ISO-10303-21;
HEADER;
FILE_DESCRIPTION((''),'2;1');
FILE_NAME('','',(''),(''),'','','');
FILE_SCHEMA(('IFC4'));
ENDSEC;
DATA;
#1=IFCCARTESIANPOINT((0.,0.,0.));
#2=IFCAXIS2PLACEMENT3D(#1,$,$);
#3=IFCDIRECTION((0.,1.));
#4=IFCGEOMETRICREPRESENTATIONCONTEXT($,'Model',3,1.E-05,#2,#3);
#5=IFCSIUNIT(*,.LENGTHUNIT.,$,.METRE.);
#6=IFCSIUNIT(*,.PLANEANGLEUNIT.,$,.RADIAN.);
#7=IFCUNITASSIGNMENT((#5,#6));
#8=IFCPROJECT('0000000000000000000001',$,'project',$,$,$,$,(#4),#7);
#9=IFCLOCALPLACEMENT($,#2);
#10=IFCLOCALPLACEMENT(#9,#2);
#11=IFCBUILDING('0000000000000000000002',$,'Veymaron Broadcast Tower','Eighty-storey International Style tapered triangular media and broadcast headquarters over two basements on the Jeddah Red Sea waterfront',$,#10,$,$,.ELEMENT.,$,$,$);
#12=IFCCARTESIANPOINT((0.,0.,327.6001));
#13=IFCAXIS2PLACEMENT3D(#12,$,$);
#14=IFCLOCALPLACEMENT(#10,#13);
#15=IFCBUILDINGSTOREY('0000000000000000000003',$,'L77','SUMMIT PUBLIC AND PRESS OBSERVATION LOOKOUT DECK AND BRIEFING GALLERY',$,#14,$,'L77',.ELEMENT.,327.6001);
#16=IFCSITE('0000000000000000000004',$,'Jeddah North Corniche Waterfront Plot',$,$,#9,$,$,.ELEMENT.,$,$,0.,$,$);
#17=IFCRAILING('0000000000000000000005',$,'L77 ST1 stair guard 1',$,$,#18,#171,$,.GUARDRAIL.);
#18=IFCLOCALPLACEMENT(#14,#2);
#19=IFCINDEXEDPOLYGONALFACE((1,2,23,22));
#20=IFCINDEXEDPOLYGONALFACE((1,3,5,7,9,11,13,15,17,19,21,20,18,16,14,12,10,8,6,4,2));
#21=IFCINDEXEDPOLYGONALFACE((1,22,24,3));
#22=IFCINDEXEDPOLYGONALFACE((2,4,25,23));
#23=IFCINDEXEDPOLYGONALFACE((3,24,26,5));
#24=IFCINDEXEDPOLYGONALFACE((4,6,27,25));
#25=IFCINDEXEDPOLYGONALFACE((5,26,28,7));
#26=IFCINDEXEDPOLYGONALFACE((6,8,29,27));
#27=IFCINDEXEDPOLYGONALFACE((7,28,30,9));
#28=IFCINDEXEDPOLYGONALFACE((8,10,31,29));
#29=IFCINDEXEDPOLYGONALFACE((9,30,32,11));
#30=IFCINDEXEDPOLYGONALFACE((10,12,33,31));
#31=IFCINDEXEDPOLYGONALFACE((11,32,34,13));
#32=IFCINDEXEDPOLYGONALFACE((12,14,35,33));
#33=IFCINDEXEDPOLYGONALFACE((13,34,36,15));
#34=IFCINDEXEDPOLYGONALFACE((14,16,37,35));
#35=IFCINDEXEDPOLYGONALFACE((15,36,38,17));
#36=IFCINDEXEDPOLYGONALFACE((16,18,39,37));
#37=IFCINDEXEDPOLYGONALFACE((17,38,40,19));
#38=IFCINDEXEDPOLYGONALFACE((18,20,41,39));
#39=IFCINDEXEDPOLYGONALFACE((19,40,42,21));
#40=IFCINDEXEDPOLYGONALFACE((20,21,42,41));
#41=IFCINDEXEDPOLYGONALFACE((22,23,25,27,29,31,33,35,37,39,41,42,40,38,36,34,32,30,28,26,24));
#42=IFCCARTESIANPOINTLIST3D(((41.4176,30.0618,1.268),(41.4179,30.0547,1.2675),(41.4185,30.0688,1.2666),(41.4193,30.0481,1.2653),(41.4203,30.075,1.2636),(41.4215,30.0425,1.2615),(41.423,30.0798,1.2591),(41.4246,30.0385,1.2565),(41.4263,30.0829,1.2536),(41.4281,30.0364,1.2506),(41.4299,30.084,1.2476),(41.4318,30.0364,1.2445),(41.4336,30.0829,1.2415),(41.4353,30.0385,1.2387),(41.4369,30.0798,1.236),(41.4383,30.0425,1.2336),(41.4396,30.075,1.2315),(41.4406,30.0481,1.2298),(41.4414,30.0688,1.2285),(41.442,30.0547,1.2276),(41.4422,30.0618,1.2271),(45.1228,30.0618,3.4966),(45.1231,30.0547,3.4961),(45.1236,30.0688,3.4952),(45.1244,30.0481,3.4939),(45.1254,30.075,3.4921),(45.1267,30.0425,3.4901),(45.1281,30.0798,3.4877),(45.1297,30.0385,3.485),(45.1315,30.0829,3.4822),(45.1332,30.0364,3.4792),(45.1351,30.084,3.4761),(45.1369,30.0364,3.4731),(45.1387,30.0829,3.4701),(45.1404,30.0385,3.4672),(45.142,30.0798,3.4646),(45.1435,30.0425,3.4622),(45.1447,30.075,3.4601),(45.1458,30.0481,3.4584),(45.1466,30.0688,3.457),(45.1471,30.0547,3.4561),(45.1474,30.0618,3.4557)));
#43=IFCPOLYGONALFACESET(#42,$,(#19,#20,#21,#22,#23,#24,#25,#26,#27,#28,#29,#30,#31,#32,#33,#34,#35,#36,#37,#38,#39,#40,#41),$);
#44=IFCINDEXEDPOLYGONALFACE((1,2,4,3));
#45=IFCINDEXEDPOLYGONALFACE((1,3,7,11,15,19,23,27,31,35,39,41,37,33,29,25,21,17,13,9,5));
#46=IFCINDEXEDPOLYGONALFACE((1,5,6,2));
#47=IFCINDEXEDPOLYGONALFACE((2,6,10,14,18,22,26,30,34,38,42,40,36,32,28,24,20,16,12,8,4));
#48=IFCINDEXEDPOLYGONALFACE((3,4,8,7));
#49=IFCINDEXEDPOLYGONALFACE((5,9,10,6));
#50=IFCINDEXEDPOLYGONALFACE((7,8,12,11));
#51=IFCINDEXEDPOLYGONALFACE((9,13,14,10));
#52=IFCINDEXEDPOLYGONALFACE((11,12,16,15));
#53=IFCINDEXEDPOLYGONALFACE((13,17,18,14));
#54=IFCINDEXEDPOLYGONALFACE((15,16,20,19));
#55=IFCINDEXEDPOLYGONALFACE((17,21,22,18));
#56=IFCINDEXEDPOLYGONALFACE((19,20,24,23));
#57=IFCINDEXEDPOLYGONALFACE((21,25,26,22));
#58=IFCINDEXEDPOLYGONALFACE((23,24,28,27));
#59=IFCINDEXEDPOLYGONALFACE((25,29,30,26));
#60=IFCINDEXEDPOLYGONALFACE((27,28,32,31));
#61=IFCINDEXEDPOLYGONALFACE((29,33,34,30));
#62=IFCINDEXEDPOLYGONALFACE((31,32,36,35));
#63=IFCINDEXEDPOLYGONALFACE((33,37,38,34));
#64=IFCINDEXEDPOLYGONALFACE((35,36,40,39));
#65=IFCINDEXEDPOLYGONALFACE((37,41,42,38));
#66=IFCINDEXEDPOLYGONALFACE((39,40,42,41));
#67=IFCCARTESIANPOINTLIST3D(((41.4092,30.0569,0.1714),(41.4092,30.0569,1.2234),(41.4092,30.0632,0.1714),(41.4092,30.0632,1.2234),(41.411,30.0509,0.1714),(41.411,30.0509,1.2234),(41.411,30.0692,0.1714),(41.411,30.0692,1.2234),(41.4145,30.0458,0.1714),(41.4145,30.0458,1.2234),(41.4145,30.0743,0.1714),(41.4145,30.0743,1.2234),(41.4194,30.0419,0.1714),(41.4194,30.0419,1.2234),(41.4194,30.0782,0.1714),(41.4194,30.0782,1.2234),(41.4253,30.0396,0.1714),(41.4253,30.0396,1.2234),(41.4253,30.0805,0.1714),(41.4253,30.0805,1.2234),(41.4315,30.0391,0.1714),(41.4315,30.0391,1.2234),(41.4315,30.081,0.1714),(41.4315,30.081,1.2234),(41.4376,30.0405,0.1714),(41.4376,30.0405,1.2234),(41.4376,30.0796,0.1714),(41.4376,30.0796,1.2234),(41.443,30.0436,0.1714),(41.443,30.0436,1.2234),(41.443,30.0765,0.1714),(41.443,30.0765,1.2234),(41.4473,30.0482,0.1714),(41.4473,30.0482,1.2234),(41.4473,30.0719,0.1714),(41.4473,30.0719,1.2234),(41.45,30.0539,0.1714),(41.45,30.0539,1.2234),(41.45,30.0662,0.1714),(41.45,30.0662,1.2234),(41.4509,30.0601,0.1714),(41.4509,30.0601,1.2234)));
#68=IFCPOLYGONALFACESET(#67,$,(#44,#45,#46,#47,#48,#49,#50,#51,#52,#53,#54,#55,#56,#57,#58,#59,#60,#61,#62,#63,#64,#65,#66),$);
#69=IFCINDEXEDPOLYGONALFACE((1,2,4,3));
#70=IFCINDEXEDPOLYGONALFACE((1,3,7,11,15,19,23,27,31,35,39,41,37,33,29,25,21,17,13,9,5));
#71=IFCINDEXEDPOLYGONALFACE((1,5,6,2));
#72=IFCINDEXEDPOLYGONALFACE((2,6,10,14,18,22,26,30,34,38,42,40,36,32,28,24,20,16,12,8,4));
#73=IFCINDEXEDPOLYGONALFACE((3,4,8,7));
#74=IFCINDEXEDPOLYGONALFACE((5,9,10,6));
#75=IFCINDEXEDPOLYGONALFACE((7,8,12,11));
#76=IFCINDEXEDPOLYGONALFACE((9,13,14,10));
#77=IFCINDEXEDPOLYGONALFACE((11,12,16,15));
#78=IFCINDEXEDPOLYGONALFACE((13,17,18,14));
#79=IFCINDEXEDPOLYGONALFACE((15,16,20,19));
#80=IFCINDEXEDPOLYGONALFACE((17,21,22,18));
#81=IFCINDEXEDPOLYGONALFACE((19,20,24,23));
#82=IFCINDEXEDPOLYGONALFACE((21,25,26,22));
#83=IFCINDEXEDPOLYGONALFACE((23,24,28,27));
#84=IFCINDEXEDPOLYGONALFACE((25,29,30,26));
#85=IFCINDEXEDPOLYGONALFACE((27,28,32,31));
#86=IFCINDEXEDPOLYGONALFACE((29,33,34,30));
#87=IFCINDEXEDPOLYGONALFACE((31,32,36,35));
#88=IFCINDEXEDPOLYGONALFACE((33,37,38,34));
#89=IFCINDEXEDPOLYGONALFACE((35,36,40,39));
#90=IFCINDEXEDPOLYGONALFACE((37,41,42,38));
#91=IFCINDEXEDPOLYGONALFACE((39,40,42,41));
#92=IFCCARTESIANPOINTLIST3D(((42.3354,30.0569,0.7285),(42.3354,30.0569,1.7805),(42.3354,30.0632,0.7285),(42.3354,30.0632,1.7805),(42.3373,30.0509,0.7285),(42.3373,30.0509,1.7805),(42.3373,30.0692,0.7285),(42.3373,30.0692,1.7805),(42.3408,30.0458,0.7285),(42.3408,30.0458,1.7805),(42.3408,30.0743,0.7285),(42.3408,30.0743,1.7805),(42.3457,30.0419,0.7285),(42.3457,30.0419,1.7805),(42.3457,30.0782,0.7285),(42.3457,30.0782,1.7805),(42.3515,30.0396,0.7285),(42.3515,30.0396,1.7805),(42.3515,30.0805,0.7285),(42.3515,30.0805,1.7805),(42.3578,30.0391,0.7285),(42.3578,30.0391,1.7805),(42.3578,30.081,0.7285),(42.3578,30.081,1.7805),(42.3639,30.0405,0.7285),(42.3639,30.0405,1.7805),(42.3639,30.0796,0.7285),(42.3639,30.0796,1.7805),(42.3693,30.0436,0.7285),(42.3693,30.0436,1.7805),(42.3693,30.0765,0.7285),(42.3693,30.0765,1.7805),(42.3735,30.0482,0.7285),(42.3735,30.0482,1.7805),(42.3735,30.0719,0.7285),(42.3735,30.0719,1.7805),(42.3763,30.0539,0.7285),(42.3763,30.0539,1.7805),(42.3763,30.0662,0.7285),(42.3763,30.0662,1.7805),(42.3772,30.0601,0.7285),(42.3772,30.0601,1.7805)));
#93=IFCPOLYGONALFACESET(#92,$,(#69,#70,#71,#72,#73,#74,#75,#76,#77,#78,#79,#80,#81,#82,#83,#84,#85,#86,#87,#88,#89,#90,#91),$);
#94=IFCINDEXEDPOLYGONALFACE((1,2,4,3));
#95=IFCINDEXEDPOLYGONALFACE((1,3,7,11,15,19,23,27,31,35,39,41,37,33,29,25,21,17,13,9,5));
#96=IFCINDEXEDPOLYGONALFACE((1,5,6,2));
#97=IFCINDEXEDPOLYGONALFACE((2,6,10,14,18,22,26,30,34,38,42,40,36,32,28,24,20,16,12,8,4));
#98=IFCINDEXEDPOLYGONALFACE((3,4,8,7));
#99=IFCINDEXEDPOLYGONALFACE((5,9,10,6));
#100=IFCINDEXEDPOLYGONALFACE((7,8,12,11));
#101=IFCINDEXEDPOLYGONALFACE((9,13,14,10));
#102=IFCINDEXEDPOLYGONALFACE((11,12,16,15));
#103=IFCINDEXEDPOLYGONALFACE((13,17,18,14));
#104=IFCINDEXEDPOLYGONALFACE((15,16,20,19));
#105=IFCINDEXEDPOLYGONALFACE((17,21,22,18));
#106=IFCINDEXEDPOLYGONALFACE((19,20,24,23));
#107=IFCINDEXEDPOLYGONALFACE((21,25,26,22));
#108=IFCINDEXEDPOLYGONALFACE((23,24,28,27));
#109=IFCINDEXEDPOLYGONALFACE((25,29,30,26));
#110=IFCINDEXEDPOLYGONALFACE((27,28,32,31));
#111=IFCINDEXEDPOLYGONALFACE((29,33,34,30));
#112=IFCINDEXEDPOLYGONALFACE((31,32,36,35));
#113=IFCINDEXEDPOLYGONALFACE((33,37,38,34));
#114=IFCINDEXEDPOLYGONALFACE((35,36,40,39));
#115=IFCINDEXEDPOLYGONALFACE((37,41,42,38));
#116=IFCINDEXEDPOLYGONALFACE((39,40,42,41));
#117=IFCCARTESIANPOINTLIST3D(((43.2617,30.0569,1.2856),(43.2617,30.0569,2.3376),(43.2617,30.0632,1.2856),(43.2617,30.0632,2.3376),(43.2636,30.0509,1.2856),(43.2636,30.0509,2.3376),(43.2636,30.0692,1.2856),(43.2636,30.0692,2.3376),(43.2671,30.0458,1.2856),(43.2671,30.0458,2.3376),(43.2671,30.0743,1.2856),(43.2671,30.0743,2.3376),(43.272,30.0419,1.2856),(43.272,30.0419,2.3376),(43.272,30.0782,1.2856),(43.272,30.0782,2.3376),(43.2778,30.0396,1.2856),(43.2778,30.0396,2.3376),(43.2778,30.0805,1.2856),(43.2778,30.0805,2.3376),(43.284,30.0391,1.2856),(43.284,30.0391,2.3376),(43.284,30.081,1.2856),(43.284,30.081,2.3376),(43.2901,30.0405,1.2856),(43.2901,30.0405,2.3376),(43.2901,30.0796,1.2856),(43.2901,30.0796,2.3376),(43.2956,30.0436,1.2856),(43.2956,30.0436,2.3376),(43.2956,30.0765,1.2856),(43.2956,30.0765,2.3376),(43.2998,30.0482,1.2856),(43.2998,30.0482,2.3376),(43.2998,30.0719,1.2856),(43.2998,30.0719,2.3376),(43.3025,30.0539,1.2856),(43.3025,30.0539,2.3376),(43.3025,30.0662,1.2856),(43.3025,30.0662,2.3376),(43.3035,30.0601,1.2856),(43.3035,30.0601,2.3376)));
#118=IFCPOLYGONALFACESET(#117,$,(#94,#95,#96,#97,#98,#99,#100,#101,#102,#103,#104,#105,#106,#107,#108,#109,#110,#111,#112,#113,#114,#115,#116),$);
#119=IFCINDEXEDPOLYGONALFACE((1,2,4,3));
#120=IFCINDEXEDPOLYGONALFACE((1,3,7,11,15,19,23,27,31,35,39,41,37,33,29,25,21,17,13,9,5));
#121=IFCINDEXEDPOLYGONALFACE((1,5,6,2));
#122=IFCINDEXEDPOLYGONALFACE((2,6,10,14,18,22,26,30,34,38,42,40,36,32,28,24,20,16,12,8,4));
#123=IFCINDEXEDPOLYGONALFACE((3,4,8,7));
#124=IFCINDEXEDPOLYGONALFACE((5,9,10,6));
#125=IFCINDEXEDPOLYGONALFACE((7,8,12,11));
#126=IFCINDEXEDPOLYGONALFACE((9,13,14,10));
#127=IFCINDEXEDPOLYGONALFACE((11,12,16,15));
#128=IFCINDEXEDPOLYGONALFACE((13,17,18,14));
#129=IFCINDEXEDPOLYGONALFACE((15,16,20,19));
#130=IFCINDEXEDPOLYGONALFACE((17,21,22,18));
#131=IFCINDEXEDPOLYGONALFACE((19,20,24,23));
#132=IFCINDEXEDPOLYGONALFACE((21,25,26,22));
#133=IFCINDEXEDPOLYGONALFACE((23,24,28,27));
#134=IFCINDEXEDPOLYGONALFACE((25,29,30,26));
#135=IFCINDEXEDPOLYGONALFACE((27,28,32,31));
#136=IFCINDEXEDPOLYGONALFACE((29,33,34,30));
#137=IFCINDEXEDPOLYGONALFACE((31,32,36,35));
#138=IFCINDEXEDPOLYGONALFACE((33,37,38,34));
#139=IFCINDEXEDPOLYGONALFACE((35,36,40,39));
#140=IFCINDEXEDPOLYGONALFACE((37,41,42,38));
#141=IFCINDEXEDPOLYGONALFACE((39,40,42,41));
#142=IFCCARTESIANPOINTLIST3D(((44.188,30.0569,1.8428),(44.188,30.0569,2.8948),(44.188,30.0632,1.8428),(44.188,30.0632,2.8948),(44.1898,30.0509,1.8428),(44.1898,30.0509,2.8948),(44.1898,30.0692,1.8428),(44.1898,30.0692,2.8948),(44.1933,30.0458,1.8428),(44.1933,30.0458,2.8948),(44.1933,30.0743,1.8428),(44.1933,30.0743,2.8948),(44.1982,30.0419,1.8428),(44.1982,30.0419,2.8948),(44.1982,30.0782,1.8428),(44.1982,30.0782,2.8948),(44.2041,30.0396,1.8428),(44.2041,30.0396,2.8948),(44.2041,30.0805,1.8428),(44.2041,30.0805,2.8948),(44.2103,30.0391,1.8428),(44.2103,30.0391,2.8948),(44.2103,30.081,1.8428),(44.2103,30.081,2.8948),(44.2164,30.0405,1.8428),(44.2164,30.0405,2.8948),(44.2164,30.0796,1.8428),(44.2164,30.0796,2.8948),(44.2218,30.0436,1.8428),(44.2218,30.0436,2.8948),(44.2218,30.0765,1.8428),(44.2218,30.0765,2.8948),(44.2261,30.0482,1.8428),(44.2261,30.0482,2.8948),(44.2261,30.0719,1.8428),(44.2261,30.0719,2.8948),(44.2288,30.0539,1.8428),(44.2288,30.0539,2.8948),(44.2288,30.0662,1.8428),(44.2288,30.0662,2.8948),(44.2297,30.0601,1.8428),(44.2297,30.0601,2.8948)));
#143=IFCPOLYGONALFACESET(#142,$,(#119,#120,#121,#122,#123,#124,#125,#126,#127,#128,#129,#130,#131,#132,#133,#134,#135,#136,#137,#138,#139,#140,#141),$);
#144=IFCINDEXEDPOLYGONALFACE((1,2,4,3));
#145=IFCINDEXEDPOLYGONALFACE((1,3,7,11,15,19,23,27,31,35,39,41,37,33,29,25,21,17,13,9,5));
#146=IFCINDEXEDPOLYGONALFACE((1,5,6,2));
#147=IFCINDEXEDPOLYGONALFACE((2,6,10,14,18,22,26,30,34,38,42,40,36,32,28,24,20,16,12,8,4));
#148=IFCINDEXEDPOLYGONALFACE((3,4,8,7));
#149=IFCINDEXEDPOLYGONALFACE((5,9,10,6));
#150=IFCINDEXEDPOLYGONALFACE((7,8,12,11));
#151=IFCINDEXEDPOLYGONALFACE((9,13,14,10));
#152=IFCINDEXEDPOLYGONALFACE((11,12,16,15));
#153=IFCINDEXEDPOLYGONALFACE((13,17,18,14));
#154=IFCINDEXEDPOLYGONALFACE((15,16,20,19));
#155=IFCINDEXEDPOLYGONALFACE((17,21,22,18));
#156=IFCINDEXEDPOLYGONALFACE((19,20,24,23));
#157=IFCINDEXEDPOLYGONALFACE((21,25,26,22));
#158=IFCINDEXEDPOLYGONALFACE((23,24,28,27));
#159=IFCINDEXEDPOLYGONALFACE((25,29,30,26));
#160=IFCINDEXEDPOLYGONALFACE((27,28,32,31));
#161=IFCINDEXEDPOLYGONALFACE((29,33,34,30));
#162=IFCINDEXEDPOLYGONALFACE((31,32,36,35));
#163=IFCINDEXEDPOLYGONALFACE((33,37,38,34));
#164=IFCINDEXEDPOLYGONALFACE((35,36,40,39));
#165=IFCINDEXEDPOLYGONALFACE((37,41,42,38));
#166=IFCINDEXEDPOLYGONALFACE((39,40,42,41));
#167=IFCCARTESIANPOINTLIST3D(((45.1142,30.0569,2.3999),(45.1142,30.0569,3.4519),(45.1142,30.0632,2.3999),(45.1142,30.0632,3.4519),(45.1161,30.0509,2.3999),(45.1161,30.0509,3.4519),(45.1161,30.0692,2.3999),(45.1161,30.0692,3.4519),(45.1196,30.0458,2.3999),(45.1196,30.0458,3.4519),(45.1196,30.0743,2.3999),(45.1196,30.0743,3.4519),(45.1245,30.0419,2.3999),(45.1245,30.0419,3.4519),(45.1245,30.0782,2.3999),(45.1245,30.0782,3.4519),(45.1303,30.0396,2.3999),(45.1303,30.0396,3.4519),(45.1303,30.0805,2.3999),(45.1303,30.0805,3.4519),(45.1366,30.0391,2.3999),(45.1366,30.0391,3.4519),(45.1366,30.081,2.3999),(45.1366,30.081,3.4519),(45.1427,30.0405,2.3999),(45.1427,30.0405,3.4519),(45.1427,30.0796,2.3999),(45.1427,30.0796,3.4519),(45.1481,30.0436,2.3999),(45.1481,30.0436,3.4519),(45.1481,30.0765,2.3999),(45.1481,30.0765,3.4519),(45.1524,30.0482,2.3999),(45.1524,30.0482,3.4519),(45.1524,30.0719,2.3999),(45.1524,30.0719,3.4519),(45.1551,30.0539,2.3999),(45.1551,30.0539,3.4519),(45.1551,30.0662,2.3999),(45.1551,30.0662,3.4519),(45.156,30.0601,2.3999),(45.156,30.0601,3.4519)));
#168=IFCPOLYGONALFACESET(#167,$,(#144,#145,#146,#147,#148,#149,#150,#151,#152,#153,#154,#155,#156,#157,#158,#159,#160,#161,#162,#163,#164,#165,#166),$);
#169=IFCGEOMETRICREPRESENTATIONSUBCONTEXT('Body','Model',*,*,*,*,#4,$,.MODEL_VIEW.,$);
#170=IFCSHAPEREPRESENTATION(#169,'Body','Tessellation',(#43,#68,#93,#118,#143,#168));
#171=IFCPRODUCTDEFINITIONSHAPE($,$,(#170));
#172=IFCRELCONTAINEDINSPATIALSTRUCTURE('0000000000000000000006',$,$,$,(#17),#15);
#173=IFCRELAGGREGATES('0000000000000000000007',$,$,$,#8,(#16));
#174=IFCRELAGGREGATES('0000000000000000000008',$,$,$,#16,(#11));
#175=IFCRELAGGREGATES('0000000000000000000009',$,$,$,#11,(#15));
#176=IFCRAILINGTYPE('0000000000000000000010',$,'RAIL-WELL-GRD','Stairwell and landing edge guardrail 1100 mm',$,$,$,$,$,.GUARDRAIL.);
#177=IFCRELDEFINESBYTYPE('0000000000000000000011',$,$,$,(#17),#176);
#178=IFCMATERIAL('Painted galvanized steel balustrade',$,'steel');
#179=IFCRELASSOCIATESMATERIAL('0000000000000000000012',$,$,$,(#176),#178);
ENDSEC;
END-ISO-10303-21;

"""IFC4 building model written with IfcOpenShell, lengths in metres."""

from ifc_helpers import new_model, si_unit, direction, frame, origin, origin_2d, place, context, subcontext, project, spatial, circle, extrude, material, type_object, element, save


model = new_model("IFC4")

# Units and contexts
model_context = context("Model", 3, precision=1e-05, world=origin(), true_north=direction((0.0, 1.0)))
body_context = subcontext(model_context, "Body", "Model", "MODEL_VIEW")
ifc_project = project(units=[si_unit("LENGTHUNIT", "METRE"), si_unit("PLANEANGLEUNIT", "RADIAN")], contexts=[model_context])

# Site, building, storey
site_placement = place(None, origin())
site = spatial("IfcSite", under=ifc_project, at=site_placement, Name="Jeddah North Corniche Waterfront Plot", CompositionType="ELEMENT", RefElevation=0.0)
building_placement = place(site_placement, origin())
building = spatial("IfcBuilding", under=site, at=building_placement, Name="Veymaron Broadcast Tower", Description="Eighty-storey International Style tapered triangular media and broadcast headquarters over two basements on the Jeddah Red Sea waterfront", CompositionType="ELEMENT")
storey_placement = place(building_placement, frame((0.0, 0.0, 327.6001)))
storey = spatial("IfcBuildingStorey", under=building, at=storey_placement, Name="L77", Description="SUMMIT PUBLIC AND PRESS OBSERVATION LOOKOUT DECK AND BRIEFING GALLERY", LongName="L77", CompositionType="ELEMENT", Elevation=327.6001)

# Railing
ifc_material_1 = material(Name="Painted galvanized steel balustrade", Category="steel")
railing_type_1 = type_object("IfcRailingType", Name="RAIL-WELL-GRD", Description="Stairwell and landing edge guardrail 1100 mm", PredefinedType="GUARDRAIL", material=ifc_material_1)
railing_1_placement = place(storey_placement, frame((41.4299, 30.0601, 0.1714)))
element("IfcRailing", 1, at=railing_1_placement, inside=storey, type_object=railing_type_1, Name="L77 ST1 stair guard 1", PredefinedType="GUARDRAIL", context=body_context, shape_type="SweptSolid", body=[
    extrude(circle(Radius=0.0239, at=origin_2d()), frame((0.0, 0.0, 1.0762), z_axis=(0.856934, 0.0, 0.515425), x_axis=(0.0, 1.0, 0.0)), (0.0, 0.0, 1.0), 4.3237),
    extrude(circle(Radius=0.021, at=origin_2d()), origin(), (0.0, 0.0, 1.0), 1.052),
    extrude(circle(Radius=0.021, at=origin_2d()), frame((0.9263, 0.0, 0.5571)), (0.0, 0.0, 1.0), 1.052),
    extrude(circle(Radius=0.021, at=origin_2d()), frame((1.8525, 0.0, 1.1143)), (0.0, 0.0, 1.0), 1.052),
    extrude(circle(Radius=0.021, at=origin_2d()), frame((2.7788, 0.0, 1.6714)), (0.0, 0.0, 1.0), 1.052),
    extrude(circle(Radius=0.021, at=origin_2d()), frame((3.7051, 0.0, 2.2285)), (0.0, 0.0, 1.0), 1.052),
])

save(model, "model.ifc")
